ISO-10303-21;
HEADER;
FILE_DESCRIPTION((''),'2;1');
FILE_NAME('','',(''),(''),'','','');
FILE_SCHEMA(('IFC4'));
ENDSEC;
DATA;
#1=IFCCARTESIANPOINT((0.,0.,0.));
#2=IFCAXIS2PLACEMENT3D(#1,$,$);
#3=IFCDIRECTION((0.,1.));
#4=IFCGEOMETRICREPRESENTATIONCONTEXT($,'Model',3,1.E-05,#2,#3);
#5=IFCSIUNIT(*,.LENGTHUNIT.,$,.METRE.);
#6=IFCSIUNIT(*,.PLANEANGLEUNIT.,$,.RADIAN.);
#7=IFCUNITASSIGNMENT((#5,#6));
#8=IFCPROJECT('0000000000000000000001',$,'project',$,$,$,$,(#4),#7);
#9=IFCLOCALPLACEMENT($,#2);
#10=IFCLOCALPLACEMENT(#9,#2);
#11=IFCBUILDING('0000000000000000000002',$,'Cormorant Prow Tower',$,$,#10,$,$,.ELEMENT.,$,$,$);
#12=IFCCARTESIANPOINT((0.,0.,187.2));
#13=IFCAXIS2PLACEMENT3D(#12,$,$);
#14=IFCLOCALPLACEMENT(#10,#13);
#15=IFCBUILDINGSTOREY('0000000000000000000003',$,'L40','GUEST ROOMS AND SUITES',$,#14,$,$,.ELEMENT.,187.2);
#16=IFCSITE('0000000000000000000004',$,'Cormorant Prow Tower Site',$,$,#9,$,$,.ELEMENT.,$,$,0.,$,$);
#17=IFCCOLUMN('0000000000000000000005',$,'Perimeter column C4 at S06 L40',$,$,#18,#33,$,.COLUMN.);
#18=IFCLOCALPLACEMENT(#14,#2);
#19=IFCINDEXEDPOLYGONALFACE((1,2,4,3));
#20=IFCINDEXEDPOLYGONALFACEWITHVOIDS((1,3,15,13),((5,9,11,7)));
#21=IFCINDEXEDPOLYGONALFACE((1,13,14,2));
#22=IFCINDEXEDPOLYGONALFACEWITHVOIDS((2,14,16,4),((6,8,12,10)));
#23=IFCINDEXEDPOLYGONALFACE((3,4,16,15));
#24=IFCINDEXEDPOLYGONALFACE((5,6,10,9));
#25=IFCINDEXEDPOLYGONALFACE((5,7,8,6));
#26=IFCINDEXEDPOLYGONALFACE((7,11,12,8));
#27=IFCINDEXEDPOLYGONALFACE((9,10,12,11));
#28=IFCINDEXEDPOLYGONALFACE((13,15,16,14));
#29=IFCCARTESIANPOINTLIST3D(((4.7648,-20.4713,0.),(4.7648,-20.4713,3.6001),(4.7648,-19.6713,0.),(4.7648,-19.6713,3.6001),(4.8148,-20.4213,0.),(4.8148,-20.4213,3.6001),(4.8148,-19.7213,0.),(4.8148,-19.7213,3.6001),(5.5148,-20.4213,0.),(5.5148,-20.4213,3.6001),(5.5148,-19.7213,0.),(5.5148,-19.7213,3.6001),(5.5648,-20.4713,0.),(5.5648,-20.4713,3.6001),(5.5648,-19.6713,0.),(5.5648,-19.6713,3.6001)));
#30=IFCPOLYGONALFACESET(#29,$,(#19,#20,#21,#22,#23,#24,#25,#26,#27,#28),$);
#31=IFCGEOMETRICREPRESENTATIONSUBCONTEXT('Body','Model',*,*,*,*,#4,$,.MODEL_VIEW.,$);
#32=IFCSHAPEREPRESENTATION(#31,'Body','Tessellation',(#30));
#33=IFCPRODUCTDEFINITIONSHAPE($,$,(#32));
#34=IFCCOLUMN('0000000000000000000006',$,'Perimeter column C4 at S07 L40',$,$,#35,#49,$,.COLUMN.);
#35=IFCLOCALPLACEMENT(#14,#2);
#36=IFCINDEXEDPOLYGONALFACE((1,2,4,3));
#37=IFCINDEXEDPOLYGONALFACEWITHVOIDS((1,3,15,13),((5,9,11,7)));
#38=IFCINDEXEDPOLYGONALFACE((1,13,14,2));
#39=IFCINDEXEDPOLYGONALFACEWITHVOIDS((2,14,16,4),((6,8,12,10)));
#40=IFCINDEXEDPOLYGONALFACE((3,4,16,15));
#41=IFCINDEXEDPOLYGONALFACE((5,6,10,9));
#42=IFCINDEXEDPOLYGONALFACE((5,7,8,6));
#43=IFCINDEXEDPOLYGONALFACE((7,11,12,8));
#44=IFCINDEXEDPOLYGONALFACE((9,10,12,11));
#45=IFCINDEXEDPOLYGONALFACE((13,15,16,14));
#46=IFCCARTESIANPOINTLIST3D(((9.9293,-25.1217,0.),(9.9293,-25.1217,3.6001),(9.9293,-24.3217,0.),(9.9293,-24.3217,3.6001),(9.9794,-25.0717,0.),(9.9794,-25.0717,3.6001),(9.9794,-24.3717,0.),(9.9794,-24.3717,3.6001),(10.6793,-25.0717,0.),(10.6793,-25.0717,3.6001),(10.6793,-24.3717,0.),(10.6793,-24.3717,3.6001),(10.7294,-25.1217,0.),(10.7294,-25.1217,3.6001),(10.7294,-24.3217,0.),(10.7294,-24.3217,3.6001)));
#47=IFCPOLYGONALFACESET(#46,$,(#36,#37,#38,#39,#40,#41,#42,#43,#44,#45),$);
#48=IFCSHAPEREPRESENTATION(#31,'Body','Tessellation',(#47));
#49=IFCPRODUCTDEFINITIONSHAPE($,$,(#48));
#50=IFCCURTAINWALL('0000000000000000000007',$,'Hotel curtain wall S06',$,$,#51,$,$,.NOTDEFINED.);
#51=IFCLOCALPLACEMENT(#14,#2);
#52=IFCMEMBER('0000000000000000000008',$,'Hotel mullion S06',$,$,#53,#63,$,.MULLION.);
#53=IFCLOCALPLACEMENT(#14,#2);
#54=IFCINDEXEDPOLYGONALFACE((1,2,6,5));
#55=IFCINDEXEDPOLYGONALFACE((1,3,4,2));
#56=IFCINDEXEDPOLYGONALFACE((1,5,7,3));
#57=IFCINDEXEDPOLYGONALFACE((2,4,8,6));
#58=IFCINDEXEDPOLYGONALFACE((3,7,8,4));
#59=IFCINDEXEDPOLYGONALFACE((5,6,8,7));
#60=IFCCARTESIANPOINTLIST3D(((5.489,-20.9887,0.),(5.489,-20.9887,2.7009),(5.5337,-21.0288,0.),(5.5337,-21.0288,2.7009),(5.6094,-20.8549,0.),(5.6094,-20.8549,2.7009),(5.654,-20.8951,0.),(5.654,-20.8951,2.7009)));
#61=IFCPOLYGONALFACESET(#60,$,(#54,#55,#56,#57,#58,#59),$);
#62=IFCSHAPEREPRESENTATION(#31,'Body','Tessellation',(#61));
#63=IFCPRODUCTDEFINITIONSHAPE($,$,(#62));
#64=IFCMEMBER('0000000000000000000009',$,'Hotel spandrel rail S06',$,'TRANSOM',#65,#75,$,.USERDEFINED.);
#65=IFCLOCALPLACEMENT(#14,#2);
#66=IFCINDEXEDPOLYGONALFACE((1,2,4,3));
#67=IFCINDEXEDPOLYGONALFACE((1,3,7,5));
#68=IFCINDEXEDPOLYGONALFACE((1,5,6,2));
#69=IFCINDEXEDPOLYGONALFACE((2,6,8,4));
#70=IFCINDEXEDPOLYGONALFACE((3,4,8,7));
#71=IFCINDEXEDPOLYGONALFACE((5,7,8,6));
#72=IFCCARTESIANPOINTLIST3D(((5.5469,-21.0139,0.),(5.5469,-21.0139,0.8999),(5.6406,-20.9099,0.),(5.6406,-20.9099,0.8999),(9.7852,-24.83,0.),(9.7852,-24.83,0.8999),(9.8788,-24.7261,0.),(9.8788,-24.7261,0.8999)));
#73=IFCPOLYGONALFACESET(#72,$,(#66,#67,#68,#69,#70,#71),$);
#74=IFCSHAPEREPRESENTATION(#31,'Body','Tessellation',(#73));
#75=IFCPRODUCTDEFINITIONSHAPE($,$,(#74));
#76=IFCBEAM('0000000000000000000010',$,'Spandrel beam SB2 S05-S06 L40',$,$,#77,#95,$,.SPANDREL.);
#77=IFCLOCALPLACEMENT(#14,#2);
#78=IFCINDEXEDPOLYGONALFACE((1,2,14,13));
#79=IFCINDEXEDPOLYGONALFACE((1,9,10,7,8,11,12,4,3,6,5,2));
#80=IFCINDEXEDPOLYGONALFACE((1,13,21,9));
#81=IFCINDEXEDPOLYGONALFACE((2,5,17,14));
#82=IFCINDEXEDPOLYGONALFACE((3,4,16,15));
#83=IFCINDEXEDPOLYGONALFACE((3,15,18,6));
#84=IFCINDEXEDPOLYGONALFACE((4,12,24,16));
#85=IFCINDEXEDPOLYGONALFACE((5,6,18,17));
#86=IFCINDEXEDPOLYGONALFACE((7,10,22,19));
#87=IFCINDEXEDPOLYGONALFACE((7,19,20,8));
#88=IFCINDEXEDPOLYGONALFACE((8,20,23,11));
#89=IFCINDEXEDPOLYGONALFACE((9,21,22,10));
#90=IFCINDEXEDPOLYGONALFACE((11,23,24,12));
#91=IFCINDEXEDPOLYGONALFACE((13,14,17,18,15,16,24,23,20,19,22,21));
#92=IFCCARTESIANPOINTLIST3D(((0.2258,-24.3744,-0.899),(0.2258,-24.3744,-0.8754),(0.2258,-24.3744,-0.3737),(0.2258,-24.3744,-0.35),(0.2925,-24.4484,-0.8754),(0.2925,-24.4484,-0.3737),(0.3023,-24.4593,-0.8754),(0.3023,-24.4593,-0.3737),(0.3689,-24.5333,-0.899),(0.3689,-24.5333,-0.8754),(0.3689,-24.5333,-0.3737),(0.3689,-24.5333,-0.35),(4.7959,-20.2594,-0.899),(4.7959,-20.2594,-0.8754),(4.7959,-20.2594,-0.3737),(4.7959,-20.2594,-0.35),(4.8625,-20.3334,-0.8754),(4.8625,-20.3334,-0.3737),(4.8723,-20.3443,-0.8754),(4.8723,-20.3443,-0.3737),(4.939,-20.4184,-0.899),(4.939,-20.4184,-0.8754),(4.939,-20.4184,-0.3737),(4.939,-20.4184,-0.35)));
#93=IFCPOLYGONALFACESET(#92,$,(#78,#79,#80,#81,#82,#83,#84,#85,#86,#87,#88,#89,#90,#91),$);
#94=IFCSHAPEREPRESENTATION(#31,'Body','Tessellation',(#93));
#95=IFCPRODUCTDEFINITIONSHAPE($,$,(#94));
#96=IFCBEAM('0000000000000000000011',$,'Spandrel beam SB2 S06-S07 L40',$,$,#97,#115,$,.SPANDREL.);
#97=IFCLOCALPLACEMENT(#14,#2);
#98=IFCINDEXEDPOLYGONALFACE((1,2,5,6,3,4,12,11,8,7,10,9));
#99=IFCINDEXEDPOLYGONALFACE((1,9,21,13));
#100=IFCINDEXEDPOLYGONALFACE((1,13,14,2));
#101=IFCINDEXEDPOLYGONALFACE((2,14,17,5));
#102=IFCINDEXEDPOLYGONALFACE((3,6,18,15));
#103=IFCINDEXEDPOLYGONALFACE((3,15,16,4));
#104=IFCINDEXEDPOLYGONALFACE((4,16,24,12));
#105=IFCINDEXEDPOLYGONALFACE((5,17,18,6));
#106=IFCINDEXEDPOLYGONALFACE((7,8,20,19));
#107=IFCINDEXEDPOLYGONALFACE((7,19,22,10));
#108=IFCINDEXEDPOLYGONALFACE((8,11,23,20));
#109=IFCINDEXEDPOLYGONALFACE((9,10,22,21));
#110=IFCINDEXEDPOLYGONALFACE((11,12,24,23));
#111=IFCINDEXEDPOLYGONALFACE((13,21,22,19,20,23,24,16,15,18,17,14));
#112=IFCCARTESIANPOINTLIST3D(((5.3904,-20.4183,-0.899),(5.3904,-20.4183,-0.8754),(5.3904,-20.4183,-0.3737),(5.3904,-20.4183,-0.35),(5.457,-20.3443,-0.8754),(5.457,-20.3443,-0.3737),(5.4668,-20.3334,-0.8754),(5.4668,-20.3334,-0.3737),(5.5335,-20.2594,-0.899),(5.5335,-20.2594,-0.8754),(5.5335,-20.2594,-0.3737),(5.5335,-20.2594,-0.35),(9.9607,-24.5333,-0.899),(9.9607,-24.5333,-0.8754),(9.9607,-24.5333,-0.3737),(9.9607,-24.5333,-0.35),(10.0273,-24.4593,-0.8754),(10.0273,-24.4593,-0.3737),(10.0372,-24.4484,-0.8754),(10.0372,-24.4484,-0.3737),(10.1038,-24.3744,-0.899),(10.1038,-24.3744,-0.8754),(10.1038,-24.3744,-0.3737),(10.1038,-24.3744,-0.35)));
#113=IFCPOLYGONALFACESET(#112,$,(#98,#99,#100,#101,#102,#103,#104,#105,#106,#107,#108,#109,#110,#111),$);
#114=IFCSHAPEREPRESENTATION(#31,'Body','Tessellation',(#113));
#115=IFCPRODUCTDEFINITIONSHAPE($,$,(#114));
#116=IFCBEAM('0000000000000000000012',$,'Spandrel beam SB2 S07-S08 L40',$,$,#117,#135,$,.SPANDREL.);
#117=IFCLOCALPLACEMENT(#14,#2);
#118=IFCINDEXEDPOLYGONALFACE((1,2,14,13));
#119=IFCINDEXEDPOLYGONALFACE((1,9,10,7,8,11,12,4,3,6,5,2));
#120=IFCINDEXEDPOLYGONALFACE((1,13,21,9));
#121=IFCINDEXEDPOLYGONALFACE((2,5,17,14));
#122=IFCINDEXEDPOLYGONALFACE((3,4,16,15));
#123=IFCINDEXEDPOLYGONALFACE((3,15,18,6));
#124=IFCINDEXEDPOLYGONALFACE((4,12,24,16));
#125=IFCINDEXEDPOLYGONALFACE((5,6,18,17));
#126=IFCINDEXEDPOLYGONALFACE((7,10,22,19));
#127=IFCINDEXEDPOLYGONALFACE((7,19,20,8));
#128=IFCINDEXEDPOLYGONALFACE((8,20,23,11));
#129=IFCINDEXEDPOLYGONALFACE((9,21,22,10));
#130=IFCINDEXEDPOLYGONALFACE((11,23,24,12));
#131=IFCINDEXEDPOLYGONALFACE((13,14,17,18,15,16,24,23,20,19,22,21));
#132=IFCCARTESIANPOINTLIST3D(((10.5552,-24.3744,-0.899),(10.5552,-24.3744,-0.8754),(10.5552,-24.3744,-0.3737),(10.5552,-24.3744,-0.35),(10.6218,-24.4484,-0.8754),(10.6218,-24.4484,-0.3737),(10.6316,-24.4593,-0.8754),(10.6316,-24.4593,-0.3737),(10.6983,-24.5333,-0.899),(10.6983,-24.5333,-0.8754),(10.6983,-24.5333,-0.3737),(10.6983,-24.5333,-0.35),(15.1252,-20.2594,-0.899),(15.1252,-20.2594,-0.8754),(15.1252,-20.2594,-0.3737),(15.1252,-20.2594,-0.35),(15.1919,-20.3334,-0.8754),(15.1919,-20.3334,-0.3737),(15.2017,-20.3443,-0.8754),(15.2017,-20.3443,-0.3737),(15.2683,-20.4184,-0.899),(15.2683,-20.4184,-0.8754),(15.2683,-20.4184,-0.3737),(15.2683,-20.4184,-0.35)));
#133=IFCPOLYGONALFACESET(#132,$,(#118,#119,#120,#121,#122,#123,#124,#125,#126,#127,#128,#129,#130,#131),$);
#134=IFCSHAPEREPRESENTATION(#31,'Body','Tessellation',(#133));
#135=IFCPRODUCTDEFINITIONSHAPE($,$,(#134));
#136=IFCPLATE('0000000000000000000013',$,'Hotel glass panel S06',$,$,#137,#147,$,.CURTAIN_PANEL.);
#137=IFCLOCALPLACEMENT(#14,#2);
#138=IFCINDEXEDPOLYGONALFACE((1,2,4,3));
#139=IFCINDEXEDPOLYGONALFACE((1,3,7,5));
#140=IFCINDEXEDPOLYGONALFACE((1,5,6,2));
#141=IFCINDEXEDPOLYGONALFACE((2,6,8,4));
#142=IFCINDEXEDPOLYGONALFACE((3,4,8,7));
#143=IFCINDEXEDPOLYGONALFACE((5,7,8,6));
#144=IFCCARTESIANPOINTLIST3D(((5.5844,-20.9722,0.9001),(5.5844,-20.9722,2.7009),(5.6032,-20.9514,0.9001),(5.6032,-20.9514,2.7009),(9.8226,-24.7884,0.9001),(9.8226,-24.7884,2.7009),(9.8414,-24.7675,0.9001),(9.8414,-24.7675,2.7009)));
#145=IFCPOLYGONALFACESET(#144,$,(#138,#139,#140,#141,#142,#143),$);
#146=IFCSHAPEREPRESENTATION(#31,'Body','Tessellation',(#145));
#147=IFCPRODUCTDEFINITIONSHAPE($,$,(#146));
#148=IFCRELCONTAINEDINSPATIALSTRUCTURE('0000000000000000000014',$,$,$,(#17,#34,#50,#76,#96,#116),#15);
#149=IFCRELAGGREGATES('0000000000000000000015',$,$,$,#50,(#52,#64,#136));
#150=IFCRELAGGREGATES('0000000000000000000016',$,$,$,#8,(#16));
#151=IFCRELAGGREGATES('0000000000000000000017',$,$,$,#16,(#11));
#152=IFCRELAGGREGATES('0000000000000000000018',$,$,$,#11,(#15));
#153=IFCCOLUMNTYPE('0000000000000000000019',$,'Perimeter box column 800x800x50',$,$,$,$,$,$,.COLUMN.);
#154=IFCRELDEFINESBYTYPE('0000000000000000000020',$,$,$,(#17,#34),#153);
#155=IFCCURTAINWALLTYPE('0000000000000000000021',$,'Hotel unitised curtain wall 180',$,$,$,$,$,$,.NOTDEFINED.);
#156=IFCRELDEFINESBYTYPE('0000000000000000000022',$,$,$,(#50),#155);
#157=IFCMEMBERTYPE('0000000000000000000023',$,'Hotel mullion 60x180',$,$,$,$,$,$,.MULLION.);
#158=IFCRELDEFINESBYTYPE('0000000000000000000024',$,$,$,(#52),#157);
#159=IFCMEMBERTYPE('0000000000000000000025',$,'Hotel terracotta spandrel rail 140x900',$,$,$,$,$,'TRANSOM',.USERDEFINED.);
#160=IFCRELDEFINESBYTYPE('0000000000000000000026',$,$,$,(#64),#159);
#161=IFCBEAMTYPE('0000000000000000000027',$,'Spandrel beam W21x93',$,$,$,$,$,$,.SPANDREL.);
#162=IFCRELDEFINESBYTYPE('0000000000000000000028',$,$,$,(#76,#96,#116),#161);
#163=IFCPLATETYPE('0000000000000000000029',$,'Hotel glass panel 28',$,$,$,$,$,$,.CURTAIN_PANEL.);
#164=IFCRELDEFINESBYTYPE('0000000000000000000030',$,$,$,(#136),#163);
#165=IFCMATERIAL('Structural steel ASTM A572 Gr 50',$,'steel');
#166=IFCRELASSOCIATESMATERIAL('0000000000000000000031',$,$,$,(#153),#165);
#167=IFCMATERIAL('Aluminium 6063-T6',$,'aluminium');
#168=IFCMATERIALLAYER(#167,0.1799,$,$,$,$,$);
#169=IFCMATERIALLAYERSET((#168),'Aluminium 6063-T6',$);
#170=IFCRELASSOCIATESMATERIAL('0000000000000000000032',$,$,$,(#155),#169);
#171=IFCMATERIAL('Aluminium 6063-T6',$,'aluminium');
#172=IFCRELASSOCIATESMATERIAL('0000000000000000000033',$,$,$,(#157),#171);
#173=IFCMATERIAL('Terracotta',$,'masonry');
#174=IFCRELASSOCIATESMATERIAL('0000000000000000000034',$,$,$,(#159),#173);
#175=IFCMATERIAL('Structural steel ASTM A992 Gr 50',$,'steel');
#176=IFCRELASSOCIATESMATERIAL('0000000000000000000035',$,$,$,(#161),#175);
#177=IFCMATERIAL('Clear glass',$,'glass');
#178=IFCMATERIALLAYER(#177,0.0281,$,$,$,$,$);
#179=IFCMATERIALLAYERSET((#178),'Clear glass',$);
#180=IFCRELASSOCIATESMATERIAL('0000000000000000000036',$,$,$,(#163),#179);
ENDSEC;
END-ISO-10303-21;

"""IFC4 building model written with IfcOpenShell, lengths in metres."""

from ifc_helpers import new_model, si_unit, direction, frame, origin, origin_2d, place, context, subcontext, project, spatial, rectangle, hollow_rectangle, i_section, extrude, material, layer, layer_set, material_profile, profile_set, type_object, element, aggregate, save


model = new_model("IFC4")

# Units and contexts
model_context = context("Model", 3, precision=1e-05, world=origin(), true_north=direction((0.0, 1.0)))
body_context = subcontext(model_context, "Body", "Model", "MODEL_VIEW")
ifc_project = project(units=[si_unit("LENGTHUNIT", "METRE"), si_unit("PLANEANGLEUNIT", "RADIAN")], contexts=[model_context])

# Site, building, storey
site_placement = place(None, origin())
site = spatial("IfcSite", under=ifc_project, at=site_placement, Name="Cormorant Prow Tower Site", CompositionType="ELEMENT", RefElevation=0.0)
building_placement = place(site_placement, origin())
building = spatial("IfcBuilding", under=site, at=building_placement, Name="Cormorant Prow Tower", CompositionType="ELEMENT")
storey_placement = place(building_placement, frame((0.0, 0.0, 187.2)))
storey = spatial("IfcBuildingStorey", under=building, at=storey_placement, Name="L40", Description="GUEST ROOMS AND SUITES", CompositionType="ELEMENT", Elevation=187.2)

# Columns
ifc_material_1 = material(Name="Structural steel ASTM A572 Gr 50", Category="steel")
ifc_material_profile_1 = material_profile(ifc_material_1, hollow_rectangle(XDim=0.8, YDim=0.8, WallThickness=0.05, at=origin_2d()), Name="Box 800x800x50")
ifc_profile_set_1 = profile_set([ifc_material_profile_1], Name="Structural steel ASTM A572 Gr 50")
column_type = type_object("IfcColumnType", Name="Perimeter box column 800x800x50", PredefinedType="COLUMN", material=ifc_profile_set_1)
for number, where, z_axis, x_axis, name in (
    (1, (5.1648, -20.0713, 0.0), (0.0, 0.0, 1.0), (1.0, 0.0, 0.0), "Perimeter column C4 at S06 L40"),
    (2, (10.3293, -24.7217, 0.0), (0.0, 0.0, 1.0), (1.0, 0.0, 0.0), "Perimeter column C4 at S07 L40"),
):
    element("IfcColumn", number, at=place(storey_placement, frame(where, z_axis=z_axis, x_axis=x_axis)), inside=storey, type_object=column_type, Name=name, PredefinedType="COLUMN", context=body_context, shape_type="SweptSolid", body=[
        extrude(hollow_rectangle(XDim=0.8, YDim=0.8, WallThickness=0.05, at=origin_2d()), origin(), (0.0, 0.0, 1.0), 3.6001),
    ])

# Curtain wall, members
ifc_material_2 = material(Name="Aluminium 6063-T6", Category="aluminium")
ifc_layer_1 = layer(ifc_material_2, 0.1799)
ifc_layer_set_1 = layer_set([ifc_layer_1], Name="Aluminium 6063-T6")
curtain_wall_type = type_object("IfcCurtainWallType", Name="Hotel unitised curtain wall 180", PredefinedType="NOTDEFINED", material=ifc_layer_set_1)
curtain_wall_placement = place(storey_placement, origin())
curtain_wall = element("IfcCurtainWall", 3, at=curtain_wall_placement, inside=storey, type_object=curtain_wall_type, Name="Hotel curtain wall S06", PredefinedType="NOTDEFINED")
ifc_material_3 = material(Name="Aluminium 6063-T6", Category="aluminium")
ifc_material_profile_2 = material_profile(ifc_material_3, rectangle(XDim=0.1799, YDim=0.0601, at=origin_2d()), Name="Hotel mullion 60x180")
ifc_profile_set_2 = profile_set([ifc_material_profile_2], Name="Aluminium 6063-T6")
member_type_1 = type_object("IfcMemberType", Name="Hotel mullion 60x180", PredefinedType="MULLION", material=ifc_profile_set_2)
member_1_placement = place(storey_placement, frame((5.5715, -20.9419, 0.0), z_axis=(0.0, 0.0, 1.0), x_axis=(0.669131, 0.743145, 0.0)))
member_1 = element("IfcMember", 4, at=member_1_placement, type_object=member_type_1, Name="Hotel mullion S06", PredefinedType="MULLION", context=body_context, shape_type="SweptSolid", body=[
    extrude(rectangle(XDim=0.1799, YDim=0.0601, at=origin_2d()), origin(), (0.0, 0.0, 1.0), 2.7009),
])
ifc_material_4 = material(Name="Terracotta", Category="masonry")
ifc_material_profile_3 = material_profile(ifc_material_4, rectangle(XDim=0.1399, YDim=0.8999, at=origin_2d()), Name="Hotel terracotta spandrel rail 140x900")
ifc_profile_set_3 = profile_set([ifc_material_profile_3], Name="Terracotta")
member_type_2 = type_object("IfcMemberType", Name="Hotel terracotta spandrel rail 140x900", ElementType="TRANSOM", PredefinedType="USERDEFINED", material=ifc_profile_set_3)
member_2_placement = place(storey_placement, frame((5.5938, -20.9619, 0.45), z_axis=(0.743145, -0.66913, 0.0), x_axis=(0.66913, 0.743145, 0.0)))
member_2 = element("IfcMember", 5, at=member_2_placement, type_object=member_type_2, Name="Hotel spandrel rail S06", ObjectType="TRANSOM", PredefinedType="USERDEFINED", context=body_context, shape_type="SweptSolid", body=[
    extrude(rectangle(XDim=0.1399, YDim=0.8999, at=origin_2d()), origin(), (0.0, 0.0, 1.0), 5.7031),
])

# Beams
ifc_material_5 = material(Name="Structural steel ASTM A992 Gr 50", Category="steel")
ifc_material_profile_4 = material_profile(ifc_material_5, i_section(OverallWidth=0.2139, OverallDepth=0.5491, WebThickness=0.0146, FlangeThickness=0.0237, at=origin_2d()), Name="W21x93")
ifc_profile_set_4 = profile_set([ifc_material_profile_4], Name="Structural steel ASTM A992 Gr 50")
beam_type = type_object("IfcBeamType", Name="Spandrel beam W21x93", PredefinedType="SPANDREL", material=ifc_profile_set_4)
beam_1_placement = place(storey_placement, frame((0.2974, -24.4539, -0.6245), z_axis=(0.743138, 0.669138, 0.0), x_axis=(-0.669138, 0.743138, 0.0)))
element("IfcBeam", 6, at=beam_1_placement, inside=storey, type_object=beam_type, Name="Spandrel beam SB2 S05-S06 L40", PredefinedType="SPANDREL", context=body_context, shape_type="SweptSolid", body=[
    extrude(i_section(OverallWidth=0.2139, OverallDepth=0.5491, WebThickness=0.0146, FlangeThickness=0.0237, at=origin_2d()), origin(), (0.0, 0.0, 1.0), 6.1497),
])
beam_2_placement = place(storey_placement, frame((5.4619, -20.3389, -0.6245), z_axis=(0.743156, -0.669118, 0.0), x_axis=(0.669118, 0.743156, 0.0)))
element("IfcBeam", 7, at=beam_2_placement, inside=storey, type_object=beam_type, Name="Spandrel beam SB2 S06-S07 L40", PredefinedType="SPANDREL", context=body_context, shape_type="SweptSolid", body=[
    extrude(i_section(OverallWidth=0.2139, OverallDepth=0.5491, WebThickness=0.0146, FlangeThickness=0.0237, at=origin_2d()), origin(), (0.0, 0.0, 1.0), 6.1499),
])
beam_3_placement = place(storey_placement, frame((10.6267, -24.4539, -0.6245), z_axis=(0.743138, 0.669138, 0.0), x_axis=(-0.669138, 0.743138, 0.0)))
element("IfcBeam", 8, at=beam_3_placement, inside=storey, type_object=beam_type, Name="Spandrel beam SB2 S07-S08 L40", PredefinedType="SPANDREL", context=body_context, shape_type="SweptSolid", body=[
    extrude(i_section(OverallWidth=0.2139, OverallDepth=0.5491, WebThickness=0.0146, FlangeThickness=0.0237, at=origin_2d()), origin(), (0.0, 0.0, 1.0), 6.1497),
])

# Plate
ifc_material_6 = material(Name="Clear glass", Category="glass")
ifc_layer_2 = layer(ifc_material_6, 0.0281)
ifc_layer_set_2 = layer_set([ifc_layer_2], Name="Clear glass")
plate_type = type_object("IfcPlateType", Name="Hotel glass panel 28", PredefinedType="CURTAIN_PANEL", material=ifc_layer_set_2)
plate_placement = place(storey_placement, frame((7.7129, -22.8699, 0.9001), z_axis=(0.0, 0.0, 1.0), x_axis=(0.743145, -0.669131, 0.0)))
plate = element("IfcPlate", 9, at=plate_placement, type_object=plate_type, Name="Hotel glass panel S06", PredefinedType="CURTAIN_PANEL", context=body_context, shape_type="SweptSolid", body=[
    extrude(rectangle(XDim=5.7031, YDim=0.0281, at=origin_2d()), origin(), (0.0, 0.0, 1.0), 1.8008),
])
aggregate(curtain_wall, [member_1, member_2, plate])

save(model, "model.ifc")
